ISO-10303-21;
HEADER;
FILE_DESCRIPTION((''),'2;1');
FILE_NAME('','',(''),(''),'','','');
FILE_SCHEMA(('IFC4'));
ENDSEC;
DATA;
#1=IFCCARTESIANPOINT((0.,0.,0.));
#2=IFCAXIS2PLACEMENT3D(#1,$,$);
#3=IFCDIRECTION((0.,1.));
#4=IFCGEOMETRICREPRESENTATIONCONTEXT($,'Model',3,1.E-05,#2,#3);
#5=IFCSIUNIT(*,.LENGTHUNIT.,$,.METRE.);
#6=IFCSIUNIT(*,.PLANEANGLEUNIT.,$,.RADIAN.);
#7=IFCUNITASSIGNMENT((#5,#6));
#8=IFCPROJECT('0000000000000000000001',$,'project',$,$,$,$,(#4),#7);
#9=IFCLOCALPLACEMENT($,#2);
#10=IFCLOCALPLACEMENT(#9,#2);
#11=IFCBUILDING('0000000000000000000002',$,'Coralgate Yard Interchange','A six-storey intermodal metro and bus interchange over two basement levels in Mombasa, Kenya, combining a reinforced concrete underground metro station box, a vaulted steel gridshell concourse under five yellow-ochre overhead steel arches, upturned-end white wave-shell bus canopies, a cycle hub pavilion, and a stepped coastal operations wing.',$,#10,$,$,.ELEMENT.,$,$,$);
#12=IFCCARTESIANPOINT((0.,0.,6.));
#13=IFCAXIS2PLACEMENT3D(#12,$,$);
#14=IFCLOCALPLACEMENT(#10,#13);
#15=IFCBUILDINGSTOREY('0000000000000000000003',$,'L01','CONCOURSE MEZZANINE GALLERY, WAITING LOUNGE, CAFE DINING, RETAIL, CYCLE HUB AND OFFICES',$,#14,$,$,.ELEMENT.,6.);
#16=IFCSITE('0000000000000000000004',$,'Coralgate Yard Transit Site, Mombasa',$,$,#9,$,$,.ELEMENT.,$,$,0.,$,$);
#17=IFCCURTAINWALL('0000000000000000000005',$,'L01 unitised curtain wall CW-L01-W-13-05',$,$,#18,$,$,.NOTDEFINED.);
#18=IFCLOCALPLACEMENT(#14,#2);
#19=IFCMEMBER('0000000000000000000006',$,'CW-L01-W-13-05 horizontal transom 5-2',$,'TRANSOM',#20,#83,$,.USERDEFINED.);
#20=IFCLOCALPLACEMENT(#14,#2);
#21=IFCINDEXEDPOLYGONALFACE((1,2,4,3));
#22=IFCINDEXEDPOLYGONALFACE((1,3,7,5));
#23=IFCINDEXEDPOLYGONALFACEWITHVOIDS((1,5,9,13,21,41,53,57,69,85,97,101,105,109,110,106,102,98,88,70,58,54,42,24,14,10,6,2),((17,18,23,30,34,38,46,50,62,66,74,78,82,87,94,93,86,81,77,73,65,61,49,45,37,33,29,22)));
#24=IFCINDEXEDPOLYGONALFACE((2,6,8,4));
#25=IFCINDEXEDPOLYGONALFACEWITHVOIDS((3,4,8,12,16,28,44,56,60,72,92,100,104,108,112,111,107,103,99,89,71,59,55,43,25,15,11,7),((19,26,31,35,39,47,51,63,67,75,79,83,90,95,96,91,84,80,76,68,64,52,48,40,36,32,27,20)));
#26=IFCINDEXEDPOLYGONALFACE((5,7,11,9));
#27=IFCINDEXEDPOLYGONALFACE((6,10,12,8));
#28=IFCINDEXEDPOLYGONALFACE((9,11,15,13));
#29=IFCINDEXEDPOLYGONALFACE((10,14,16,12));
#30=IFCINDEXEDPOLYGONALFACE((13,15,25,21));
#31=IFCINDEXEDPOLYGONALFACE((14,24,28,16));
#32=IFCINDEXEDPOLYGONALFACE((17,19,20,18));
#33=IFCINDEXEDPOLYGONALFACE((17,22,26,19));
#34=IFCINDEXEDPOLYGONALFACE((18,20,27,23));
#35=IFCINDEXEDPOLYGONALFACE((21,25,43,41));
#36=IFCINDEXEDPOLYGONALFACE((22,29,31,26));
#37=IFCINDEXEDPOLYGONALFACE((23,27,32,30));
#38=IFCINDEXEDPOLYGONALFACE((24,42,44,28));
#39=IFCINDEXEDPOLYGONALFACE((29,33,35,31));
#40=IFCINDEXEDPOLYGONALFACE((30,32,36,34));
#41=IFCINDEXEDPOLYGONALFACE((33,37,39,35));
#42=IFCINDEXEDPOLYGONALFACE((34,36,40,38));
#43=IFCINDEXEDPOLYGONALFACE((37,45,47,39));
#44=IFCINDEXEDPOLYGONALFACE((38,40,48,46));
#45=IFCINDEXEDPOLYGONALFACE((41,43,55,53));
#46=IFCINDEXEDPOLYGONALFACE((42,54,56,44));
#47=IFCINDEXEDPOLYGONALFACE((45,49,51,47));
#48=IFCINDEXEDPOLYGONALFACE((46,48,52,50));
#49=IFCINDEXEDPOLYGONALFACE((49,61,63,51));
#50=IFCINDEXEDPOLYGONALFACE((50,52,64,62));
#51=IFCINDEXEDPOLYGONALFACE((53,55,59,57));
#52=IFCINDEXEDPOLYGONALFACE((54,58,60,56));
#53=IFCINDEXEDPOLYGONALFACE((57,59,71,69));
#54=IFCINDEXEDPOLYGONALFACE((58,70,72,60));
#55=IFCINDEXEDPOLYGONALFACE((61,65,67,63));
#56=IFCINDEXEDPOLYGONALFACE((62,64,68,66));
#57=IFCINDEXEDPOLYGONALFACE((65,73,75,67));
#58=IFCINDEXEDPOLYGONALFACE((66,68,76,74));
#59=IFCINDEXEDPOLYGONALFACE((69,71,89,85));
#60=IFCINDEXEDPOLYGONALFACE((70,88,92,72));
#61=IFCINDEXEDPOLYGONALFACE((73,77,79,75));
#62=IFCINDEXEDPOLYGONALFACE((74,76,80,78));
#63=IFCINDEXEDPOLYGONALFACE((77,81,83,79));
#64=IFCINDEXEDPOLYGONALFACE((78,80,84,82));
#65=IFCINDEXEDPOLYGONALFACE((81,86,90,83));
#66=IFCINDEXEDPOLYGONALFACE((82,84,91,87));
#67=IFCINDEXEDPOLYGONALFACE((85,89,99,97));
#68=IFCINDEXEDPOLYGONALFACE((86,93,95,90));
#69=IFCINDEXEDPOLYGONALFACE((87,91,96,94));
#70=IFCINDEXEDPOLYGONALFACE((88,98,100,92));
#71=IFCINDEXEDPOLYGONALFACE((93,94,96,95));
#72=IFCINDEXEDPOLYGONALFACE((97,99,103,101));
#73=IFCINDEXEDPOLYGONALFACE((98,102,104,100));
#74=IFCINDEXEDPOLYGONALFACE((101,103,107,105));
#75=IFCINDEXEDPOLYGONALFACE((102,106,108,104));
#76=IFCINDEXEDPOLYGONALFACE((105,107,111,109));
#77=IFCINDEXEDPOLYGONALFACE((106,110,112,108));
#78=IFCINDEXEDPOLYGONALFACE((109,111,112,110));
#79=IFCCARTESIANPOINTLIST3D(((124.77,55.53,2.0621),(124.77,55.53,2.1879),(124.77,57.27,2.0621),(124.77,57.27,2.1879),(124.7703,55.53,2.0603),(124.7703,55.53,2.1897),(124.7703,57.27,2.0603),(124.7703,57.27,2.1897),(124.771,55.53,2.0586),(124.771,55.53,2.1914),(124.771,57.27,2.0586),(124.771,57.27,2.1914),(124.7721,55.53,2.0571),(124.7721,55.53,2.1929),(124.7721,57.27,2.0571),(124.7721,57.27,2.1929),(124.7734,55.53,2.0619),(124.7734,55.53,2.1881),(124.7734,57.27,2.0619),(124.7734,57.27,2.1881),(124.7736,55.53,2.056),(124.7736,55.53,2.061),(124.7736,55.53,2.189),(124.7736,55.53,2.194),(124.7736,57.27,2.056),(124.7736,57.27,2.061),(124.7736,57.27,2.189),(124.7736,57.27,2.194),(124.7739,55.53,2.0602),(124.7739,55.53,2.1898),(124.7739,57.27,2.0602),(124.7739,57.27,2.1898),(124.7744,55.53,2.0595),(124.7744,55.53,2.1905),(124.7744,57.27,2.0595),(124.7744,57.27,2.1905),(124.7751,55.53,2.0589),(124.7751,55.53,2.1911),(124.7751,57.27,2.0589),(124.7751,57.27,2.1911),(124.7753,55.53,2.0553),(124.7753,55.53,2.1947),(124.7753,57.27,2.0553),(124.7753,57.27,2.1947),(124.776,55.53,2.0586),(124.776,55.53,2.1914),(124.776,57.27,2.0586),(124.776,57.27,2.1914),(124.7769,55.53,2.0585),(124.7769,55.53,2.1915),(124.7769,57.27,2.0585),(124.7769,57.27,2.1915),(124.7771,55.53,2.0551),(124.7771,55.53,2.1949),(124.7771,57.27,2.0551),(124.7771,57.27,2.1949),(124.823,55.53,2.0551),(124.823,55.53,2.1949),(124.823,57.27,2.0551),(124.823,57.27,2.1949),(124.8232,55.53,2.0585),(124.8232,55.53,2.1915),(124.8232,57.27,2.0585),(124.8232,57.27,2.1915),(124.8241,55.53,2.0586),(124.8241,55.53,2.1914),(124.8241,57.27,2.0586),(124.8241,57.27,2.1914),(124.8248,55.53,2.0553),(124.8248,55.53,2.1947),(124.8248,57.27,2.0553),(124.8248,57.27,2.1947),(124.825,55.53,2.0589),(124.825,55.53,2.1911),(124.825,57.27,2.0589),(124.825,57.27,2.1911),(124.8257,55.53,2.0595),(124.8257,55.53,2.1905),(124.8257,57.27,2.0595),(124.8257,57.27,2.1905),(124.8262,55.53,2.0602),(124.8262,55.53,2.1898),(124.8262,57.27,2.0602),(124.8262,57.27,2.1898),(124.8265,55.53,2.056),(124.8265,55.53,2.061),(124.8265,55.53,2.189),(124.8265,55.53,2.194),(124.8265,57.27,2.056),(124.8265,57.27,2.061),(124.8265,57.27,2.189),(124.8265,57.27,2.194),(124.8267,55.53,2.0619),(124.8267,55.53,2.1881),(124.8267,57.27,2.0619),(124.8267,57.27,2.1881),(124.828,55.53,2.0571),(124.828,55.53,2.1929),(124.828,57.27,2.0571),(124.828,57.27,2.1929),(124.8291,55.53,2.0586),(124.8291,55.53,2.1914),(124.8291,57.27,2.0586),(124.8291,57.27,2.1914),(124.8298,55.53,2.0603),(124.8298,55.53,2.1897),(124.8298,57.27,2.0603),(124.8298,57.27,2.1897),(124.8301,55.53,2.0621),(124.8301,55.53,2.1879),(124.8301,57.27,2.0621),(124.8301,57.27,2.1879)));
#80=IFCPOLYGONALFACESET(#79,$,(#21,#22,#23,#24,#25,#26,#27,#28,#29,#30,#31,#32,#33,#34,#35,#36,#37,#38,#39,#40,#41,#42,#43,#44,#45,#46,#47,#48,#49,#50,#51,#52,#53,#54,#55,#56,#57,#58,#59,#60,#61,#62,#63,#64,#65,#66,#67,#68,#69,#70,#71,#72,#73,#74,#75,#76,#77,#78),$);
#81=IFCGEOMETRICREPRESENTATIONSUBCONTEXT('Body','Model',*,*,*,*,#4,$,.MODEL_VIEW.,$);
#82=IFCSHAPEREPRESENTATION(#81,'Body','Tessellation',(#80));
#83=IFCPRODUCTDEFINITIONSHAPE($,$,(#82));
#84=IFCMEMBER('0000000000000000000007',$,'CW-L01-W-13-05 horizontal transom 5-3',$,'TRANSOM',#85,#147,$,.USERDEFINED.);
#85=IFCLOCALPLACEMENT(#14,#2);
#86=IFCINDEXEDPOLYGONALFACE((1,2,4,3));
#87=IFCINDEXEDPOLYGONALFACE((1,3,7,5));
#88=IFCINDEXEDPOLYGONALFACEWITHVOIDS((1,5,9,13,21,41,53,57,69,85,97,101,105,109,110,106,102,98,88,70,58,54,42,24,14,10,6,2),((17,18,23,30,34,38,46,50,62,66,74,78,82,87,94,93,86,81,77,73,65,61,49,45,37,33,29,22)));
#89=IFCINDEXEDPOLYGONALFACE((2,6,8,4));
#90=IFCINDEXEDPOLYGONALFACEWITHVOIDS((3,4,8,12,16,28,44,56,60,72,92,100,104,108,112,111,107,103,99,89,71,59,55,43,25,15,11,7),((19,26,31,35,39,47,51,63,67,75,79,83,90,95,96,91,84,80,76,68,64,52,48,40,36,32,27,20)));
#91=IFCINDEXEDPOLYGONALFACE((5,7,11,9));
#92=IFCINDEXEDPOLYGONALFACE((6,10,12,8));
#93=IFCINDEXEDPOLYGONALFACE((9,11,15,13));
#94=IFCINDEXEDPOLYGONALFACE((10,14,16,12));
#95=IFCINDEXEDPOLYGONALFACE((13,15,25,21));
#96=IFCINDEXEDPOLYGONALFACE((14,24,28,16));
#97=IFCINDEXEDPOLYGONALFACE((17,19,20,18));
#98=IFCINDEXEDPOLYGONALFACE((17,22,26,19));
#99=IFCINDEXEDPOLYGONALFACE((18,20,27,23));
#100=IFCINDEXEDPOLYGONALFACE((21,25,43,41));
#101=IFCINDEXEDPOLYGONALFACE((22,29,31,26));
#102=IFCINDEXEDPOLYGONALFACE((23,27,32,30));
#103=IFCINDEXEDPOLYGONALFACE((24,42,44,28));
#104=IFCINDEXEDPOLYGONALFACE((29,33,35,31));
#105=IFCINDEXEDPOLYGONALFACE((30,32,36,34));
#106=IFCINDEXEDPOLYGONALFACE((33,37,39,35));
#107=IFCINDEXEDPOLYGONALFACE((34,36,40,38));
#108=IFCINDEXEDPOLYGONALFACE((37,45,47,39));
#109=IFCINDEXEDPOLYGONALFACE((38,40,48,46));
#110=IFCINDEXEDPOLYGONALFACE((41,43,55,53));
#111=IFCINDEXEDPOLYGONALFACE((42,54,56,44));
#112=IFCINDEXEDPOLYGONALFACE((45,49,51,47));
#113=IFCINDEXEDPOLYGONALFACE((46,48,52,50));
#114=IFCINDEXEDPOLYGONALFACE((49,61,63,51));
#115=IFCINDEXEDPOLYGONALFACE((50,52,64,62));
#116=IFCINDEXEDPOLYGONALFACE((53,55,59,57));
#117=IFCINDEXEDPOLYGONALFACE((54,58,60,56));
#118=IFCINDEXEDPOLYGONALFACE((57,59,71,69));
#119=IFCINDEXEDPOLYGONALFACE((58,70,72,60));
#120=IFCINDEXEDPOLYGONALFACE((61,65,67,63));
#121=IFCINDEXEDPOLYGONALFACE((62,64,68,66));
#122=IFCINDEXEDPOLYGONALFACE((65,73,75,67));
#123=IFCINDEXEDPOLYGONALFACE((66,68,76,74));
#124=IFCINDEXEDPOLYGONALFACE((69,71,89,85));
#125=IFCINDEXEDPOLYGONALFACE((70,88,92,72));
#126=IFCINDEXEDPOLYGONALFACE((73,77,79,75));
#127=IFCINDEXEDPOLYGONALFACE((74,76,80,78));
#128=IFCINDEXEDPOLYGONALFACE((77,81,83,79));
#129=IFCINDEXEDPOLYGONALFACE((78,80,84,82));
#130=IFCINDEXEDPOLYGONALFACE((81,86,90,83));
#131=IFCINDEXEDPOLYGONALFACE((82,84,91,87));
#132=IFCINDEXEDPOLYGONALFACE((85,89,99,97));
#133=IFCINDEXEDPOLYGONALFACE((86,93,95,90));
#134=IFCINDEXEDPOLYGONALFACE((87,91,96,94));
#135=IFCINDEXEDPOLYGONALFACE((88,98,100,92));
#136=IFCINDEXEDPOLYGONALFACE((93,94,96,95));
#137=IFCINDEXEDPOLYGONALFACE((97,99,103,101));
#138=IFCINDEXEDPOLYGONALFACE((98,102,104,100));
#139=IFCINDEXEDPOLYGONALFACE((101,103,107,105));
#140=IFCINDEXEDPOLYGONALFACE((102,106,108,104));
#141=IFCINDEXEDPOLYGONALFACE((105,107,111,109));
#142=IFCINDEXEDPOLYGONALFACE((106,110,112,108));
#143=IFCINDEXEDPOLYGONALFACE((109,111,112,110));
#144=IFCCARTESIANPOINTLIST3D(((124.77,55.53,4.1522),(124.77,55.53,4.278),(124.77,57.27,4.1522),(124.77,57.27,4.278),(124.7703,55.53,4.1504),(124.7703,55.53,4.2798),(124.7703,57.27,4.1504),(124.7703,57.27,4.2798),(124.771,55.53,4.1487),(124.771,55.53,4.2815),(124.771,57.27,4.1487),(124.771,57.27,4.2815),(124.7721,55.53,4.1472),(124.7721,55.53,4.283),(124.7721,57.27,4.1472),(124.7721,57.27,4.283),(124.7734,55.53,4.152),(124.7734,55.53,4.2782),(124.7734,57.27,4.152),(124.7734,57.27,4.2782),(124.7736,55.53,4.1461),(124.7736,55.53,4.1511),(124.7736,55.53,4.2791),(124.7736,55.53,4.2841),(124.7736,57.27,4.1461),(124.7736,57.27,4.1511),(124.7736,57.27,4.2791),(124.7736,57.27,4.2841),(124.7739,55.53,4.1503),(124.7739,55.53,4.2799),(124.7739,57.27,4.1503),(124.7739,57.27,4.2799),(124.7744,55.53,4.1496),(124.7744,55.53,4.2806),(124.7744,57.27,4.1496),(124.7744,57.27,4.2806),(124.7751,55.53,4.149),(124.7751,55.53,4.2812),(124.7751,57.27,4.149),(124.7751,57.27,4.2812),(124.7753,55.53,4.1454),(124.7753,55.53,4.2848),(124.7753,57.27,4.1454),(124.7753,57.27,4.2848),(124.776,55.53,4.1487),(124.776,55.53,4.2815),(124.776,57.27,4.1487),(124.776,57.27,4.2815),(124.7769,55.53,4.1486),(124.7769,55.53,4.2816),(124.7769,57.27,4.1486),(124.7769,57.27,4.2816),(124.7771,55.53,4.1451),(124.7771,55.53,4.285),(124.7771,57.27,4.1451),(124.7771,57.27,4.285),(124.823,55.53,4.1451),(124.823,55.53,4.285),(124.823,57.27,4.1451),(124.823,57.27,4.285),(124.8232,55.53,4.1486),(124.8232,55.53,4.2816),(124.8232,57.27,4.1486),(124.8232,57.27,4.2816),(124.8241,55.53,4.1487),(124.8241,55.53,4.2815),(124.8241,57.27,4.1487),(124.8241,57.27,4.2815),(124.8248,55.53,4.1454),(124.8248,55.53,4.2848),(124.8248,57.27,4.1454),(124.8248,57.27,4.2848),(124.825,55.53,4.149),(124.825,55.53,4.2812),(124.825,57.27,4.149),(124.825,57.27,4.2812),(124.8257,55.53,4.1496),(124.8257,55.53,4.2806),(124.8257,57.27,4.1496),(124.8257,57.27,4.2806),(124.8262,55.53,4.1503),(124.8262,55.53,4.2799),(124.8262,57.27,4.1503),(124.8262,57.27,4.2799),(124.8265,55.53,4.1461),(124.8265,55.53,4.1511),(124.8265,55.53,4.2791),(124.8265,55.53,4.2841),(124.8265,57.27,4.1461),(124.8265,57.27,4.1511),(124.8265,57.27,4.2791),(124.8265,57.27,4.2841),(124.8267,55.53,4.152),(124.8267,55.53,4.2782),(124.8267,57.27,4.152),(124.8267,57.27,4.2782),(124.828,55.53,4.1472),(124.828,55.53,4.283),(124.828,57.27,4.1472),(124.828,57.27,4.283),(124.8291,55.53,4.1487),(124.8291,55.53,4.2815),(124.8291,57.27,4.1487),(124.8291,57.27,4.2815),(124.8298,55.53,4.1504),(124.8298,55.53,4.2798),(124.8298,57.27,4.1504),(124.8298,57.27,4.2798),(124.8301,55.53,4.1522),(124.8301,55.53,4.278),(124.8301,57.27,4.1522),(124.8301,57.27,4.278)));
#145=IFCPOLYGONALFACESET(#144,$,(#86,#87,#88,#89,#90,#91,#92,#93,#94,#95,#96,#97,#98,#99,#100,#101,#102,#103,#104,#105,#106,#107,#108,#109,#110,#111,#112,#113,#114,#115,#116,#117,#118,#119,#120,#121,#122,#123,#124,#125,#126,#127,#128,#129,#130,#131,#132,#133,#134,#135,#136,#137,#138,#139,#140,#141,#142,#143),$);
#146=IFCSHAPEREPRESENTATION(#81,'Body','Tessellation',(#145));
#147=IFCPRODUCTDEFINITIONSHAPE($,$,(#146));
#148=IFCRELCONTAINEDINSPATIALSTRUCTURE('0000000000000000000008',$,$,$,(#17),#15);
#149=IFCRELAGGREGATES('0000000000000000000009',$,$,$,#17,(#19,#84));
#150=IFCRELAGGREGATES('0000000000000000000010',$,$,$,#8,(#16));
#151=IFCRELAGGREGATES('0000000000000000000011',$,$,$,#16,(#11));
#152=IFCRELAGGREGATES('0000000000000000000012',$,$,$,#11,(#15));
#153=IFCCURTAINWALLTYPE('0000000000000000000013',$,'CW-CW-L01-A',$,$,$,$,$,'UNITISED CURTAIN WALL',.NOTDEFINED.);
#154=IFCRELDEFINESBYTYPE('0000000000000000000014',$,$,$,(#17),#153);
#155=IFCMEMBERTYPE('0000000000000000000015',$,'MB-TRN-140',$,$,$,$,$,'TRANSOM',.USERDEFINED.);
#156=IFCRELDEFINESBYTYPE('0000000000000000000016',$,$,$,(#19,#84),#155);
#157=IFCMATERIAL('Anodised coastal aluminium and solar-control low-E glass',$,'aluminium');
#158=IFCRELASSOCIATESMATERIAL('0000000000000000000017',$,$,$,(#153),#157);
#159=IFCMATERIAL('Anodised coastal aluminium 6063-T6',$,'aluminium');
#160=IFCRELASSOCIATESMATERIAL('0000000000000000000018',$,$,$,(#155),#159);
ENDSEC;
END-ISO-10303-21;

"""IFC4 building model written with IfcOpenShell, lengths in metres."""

from ifc_helpers import new_model, si_unit, direction, frame, origin, origin_2d, place, context, subcontext, project, spatial, hollow_rectangle, extrude, material, material_profile, profile_set, type_object, element, aggregate, save


model = new_model("IFC4")

# Units and contexts
model_context = context("Model", 3, precision=1e-05, world=origin(), true_north=direction((0.0, 1.0)))
body_context = subcontext(model_context, "Body", "Model", "MODEL_VIEW")
ifc_project = project(units=[si_unit("LENGTHUNIT", "METRE"), si_unit("PLANEANGLEUNIT", "RADIAN")], contexts=[model_context])

# Site, building, storey
site_placement = place(None, origin())
site = spatial("IfcSite", under=ifc_project, at=site_placement, Name="Coralgate Yard Transit Site, Mombasa", CompositionType="ELEMENT", RefElevation=0.0)
building_placement = place(site_placement, origin())
building = spatial("IfcBuilding", under=site, at=building_placement, Name="Coralgate Yard Interchange", Description="A six-storey intermodal metro and bus interchange over two basement levels in Mombasa, Kenya, combining a reinforced concrete underground metro station box, a vaulted steel gridshell concourse under five yellow-ochre overhead steel arches, upturned-end white wave-shell bus canopies, a cycle hub pavilion, and a stepped coastal operations wing.", CompositionType="ELEMENT")
storey_placement = place(building_placement, frame((0.0, 0.0, 6.0)))
storey = spatial("IfcBuildingStorey", under=building, at=storey_placement, Name="L01", Description="CONCOURSE MEZZANINE GALLERY, WAITING LOUNGE, CAFE DINING, RETAIL, CYCLE HUB AND OFFICES", CompositionType="ELEMENT", Elevation=6.0)

# Curtain wall
ifc_material_1 = material(Name="Anodised coastal aluminium and solar-control low-E glass", Category="aluminium")
curtain_wall_type = type_object("IfcCurtainWallType", Name="CW-CW-L01-A", ElementType="UNITISED CURTAIN WALL", PredefinedType="NOTDEFINED", material=ifc_material_1)
curtain_wall_1_placement = place(storey_placement, origin())
curtain_wall_1 = element("IfcCurtainWall", 1, at=curtain_wall_1_placement, inside=storey, type_object=curtain_wall_type, Name="L01 unitised curtain wall CW-L01-W-13-05", PredefinedType="NOTDEFINED")
ifc_material_2 = material(Name="Anodised coastal aluminium 6063-T6", Category="aluminium")

# Members
ifc_material_profile_1 = material_profile(ifc_material_2, hollow_rectangle(XDim=0.0601, YDim=0.1399, WallThickness=0.0034, InnerFilletRadius=0.0034, OuterFilletRadius=0.0071, at=origin_2d()), Name="ALU 60x140x3.5")
ifc_profile_set_1 = profile_set([ifc_material_profile_1], Name="Anodised coastal aluminium 6063-T6")
member_type_1 = type_object("IfcMemberType", Name="MB-TRN-140", ElementType="TRANSOM", PredefinedType="USERDEFINED", material=ifc_profile_set_1)
member_1_placement = place(storey_placement, frame((124.8, 55.53, 2.125), z_axis=(0.0, 1.0, 0.0), x_axis=(-1.0, 0.0, 0.0)))
member_1 = element("IfcMember", 2, at=member_1_placement, type_object=member_type_1, Name="CW-L01-W-13-05 horizontal transom 5-2", ObjectType="TRANSOM", PredefinedType="USERDEFINED", context=body_context, shape_type="SweptSolid", body=[
    extrude(hollow_rectangle(XDim=0.0601, YDim=0.1399, WallThickness=0.0034, InnerFilletRadius=0.0034, OuterFilletRadius=0.0071, at=origin_2d()), origin(), (0.0, 0.0, 1.0), 1.74),
])
member_2_placement = place(storey_placement, frame((124.8, 55.53, 4.2151), z_axis=(0.0, 1.0, 0.0), x_axis=(-1.0, 0.0, 0.0)))
member_2 = element("IfcMember", 3, at=member_2_placement, type_object=member_type_1, Name="CW-L01-W-13-05 horizontal transom 5-3", ObjectType="TRANSOM", PredefinedType="USERDEFINED", context=body_context, shape_type="SweptSolid", body=[
    extrude(hollow_rectangle(XDim=0.0601, YDim=0.1399, WallThickness=0.0034, InnerFilletRadius=0.0034, OuterFilletRadius=0.0071, at=origin_2d()), origin(), (0.0, 0.0, 1.0), 1.74),
])

aggregate(curtain_wall_1, [member_1, member_2])

save(model, "model.ifc")
